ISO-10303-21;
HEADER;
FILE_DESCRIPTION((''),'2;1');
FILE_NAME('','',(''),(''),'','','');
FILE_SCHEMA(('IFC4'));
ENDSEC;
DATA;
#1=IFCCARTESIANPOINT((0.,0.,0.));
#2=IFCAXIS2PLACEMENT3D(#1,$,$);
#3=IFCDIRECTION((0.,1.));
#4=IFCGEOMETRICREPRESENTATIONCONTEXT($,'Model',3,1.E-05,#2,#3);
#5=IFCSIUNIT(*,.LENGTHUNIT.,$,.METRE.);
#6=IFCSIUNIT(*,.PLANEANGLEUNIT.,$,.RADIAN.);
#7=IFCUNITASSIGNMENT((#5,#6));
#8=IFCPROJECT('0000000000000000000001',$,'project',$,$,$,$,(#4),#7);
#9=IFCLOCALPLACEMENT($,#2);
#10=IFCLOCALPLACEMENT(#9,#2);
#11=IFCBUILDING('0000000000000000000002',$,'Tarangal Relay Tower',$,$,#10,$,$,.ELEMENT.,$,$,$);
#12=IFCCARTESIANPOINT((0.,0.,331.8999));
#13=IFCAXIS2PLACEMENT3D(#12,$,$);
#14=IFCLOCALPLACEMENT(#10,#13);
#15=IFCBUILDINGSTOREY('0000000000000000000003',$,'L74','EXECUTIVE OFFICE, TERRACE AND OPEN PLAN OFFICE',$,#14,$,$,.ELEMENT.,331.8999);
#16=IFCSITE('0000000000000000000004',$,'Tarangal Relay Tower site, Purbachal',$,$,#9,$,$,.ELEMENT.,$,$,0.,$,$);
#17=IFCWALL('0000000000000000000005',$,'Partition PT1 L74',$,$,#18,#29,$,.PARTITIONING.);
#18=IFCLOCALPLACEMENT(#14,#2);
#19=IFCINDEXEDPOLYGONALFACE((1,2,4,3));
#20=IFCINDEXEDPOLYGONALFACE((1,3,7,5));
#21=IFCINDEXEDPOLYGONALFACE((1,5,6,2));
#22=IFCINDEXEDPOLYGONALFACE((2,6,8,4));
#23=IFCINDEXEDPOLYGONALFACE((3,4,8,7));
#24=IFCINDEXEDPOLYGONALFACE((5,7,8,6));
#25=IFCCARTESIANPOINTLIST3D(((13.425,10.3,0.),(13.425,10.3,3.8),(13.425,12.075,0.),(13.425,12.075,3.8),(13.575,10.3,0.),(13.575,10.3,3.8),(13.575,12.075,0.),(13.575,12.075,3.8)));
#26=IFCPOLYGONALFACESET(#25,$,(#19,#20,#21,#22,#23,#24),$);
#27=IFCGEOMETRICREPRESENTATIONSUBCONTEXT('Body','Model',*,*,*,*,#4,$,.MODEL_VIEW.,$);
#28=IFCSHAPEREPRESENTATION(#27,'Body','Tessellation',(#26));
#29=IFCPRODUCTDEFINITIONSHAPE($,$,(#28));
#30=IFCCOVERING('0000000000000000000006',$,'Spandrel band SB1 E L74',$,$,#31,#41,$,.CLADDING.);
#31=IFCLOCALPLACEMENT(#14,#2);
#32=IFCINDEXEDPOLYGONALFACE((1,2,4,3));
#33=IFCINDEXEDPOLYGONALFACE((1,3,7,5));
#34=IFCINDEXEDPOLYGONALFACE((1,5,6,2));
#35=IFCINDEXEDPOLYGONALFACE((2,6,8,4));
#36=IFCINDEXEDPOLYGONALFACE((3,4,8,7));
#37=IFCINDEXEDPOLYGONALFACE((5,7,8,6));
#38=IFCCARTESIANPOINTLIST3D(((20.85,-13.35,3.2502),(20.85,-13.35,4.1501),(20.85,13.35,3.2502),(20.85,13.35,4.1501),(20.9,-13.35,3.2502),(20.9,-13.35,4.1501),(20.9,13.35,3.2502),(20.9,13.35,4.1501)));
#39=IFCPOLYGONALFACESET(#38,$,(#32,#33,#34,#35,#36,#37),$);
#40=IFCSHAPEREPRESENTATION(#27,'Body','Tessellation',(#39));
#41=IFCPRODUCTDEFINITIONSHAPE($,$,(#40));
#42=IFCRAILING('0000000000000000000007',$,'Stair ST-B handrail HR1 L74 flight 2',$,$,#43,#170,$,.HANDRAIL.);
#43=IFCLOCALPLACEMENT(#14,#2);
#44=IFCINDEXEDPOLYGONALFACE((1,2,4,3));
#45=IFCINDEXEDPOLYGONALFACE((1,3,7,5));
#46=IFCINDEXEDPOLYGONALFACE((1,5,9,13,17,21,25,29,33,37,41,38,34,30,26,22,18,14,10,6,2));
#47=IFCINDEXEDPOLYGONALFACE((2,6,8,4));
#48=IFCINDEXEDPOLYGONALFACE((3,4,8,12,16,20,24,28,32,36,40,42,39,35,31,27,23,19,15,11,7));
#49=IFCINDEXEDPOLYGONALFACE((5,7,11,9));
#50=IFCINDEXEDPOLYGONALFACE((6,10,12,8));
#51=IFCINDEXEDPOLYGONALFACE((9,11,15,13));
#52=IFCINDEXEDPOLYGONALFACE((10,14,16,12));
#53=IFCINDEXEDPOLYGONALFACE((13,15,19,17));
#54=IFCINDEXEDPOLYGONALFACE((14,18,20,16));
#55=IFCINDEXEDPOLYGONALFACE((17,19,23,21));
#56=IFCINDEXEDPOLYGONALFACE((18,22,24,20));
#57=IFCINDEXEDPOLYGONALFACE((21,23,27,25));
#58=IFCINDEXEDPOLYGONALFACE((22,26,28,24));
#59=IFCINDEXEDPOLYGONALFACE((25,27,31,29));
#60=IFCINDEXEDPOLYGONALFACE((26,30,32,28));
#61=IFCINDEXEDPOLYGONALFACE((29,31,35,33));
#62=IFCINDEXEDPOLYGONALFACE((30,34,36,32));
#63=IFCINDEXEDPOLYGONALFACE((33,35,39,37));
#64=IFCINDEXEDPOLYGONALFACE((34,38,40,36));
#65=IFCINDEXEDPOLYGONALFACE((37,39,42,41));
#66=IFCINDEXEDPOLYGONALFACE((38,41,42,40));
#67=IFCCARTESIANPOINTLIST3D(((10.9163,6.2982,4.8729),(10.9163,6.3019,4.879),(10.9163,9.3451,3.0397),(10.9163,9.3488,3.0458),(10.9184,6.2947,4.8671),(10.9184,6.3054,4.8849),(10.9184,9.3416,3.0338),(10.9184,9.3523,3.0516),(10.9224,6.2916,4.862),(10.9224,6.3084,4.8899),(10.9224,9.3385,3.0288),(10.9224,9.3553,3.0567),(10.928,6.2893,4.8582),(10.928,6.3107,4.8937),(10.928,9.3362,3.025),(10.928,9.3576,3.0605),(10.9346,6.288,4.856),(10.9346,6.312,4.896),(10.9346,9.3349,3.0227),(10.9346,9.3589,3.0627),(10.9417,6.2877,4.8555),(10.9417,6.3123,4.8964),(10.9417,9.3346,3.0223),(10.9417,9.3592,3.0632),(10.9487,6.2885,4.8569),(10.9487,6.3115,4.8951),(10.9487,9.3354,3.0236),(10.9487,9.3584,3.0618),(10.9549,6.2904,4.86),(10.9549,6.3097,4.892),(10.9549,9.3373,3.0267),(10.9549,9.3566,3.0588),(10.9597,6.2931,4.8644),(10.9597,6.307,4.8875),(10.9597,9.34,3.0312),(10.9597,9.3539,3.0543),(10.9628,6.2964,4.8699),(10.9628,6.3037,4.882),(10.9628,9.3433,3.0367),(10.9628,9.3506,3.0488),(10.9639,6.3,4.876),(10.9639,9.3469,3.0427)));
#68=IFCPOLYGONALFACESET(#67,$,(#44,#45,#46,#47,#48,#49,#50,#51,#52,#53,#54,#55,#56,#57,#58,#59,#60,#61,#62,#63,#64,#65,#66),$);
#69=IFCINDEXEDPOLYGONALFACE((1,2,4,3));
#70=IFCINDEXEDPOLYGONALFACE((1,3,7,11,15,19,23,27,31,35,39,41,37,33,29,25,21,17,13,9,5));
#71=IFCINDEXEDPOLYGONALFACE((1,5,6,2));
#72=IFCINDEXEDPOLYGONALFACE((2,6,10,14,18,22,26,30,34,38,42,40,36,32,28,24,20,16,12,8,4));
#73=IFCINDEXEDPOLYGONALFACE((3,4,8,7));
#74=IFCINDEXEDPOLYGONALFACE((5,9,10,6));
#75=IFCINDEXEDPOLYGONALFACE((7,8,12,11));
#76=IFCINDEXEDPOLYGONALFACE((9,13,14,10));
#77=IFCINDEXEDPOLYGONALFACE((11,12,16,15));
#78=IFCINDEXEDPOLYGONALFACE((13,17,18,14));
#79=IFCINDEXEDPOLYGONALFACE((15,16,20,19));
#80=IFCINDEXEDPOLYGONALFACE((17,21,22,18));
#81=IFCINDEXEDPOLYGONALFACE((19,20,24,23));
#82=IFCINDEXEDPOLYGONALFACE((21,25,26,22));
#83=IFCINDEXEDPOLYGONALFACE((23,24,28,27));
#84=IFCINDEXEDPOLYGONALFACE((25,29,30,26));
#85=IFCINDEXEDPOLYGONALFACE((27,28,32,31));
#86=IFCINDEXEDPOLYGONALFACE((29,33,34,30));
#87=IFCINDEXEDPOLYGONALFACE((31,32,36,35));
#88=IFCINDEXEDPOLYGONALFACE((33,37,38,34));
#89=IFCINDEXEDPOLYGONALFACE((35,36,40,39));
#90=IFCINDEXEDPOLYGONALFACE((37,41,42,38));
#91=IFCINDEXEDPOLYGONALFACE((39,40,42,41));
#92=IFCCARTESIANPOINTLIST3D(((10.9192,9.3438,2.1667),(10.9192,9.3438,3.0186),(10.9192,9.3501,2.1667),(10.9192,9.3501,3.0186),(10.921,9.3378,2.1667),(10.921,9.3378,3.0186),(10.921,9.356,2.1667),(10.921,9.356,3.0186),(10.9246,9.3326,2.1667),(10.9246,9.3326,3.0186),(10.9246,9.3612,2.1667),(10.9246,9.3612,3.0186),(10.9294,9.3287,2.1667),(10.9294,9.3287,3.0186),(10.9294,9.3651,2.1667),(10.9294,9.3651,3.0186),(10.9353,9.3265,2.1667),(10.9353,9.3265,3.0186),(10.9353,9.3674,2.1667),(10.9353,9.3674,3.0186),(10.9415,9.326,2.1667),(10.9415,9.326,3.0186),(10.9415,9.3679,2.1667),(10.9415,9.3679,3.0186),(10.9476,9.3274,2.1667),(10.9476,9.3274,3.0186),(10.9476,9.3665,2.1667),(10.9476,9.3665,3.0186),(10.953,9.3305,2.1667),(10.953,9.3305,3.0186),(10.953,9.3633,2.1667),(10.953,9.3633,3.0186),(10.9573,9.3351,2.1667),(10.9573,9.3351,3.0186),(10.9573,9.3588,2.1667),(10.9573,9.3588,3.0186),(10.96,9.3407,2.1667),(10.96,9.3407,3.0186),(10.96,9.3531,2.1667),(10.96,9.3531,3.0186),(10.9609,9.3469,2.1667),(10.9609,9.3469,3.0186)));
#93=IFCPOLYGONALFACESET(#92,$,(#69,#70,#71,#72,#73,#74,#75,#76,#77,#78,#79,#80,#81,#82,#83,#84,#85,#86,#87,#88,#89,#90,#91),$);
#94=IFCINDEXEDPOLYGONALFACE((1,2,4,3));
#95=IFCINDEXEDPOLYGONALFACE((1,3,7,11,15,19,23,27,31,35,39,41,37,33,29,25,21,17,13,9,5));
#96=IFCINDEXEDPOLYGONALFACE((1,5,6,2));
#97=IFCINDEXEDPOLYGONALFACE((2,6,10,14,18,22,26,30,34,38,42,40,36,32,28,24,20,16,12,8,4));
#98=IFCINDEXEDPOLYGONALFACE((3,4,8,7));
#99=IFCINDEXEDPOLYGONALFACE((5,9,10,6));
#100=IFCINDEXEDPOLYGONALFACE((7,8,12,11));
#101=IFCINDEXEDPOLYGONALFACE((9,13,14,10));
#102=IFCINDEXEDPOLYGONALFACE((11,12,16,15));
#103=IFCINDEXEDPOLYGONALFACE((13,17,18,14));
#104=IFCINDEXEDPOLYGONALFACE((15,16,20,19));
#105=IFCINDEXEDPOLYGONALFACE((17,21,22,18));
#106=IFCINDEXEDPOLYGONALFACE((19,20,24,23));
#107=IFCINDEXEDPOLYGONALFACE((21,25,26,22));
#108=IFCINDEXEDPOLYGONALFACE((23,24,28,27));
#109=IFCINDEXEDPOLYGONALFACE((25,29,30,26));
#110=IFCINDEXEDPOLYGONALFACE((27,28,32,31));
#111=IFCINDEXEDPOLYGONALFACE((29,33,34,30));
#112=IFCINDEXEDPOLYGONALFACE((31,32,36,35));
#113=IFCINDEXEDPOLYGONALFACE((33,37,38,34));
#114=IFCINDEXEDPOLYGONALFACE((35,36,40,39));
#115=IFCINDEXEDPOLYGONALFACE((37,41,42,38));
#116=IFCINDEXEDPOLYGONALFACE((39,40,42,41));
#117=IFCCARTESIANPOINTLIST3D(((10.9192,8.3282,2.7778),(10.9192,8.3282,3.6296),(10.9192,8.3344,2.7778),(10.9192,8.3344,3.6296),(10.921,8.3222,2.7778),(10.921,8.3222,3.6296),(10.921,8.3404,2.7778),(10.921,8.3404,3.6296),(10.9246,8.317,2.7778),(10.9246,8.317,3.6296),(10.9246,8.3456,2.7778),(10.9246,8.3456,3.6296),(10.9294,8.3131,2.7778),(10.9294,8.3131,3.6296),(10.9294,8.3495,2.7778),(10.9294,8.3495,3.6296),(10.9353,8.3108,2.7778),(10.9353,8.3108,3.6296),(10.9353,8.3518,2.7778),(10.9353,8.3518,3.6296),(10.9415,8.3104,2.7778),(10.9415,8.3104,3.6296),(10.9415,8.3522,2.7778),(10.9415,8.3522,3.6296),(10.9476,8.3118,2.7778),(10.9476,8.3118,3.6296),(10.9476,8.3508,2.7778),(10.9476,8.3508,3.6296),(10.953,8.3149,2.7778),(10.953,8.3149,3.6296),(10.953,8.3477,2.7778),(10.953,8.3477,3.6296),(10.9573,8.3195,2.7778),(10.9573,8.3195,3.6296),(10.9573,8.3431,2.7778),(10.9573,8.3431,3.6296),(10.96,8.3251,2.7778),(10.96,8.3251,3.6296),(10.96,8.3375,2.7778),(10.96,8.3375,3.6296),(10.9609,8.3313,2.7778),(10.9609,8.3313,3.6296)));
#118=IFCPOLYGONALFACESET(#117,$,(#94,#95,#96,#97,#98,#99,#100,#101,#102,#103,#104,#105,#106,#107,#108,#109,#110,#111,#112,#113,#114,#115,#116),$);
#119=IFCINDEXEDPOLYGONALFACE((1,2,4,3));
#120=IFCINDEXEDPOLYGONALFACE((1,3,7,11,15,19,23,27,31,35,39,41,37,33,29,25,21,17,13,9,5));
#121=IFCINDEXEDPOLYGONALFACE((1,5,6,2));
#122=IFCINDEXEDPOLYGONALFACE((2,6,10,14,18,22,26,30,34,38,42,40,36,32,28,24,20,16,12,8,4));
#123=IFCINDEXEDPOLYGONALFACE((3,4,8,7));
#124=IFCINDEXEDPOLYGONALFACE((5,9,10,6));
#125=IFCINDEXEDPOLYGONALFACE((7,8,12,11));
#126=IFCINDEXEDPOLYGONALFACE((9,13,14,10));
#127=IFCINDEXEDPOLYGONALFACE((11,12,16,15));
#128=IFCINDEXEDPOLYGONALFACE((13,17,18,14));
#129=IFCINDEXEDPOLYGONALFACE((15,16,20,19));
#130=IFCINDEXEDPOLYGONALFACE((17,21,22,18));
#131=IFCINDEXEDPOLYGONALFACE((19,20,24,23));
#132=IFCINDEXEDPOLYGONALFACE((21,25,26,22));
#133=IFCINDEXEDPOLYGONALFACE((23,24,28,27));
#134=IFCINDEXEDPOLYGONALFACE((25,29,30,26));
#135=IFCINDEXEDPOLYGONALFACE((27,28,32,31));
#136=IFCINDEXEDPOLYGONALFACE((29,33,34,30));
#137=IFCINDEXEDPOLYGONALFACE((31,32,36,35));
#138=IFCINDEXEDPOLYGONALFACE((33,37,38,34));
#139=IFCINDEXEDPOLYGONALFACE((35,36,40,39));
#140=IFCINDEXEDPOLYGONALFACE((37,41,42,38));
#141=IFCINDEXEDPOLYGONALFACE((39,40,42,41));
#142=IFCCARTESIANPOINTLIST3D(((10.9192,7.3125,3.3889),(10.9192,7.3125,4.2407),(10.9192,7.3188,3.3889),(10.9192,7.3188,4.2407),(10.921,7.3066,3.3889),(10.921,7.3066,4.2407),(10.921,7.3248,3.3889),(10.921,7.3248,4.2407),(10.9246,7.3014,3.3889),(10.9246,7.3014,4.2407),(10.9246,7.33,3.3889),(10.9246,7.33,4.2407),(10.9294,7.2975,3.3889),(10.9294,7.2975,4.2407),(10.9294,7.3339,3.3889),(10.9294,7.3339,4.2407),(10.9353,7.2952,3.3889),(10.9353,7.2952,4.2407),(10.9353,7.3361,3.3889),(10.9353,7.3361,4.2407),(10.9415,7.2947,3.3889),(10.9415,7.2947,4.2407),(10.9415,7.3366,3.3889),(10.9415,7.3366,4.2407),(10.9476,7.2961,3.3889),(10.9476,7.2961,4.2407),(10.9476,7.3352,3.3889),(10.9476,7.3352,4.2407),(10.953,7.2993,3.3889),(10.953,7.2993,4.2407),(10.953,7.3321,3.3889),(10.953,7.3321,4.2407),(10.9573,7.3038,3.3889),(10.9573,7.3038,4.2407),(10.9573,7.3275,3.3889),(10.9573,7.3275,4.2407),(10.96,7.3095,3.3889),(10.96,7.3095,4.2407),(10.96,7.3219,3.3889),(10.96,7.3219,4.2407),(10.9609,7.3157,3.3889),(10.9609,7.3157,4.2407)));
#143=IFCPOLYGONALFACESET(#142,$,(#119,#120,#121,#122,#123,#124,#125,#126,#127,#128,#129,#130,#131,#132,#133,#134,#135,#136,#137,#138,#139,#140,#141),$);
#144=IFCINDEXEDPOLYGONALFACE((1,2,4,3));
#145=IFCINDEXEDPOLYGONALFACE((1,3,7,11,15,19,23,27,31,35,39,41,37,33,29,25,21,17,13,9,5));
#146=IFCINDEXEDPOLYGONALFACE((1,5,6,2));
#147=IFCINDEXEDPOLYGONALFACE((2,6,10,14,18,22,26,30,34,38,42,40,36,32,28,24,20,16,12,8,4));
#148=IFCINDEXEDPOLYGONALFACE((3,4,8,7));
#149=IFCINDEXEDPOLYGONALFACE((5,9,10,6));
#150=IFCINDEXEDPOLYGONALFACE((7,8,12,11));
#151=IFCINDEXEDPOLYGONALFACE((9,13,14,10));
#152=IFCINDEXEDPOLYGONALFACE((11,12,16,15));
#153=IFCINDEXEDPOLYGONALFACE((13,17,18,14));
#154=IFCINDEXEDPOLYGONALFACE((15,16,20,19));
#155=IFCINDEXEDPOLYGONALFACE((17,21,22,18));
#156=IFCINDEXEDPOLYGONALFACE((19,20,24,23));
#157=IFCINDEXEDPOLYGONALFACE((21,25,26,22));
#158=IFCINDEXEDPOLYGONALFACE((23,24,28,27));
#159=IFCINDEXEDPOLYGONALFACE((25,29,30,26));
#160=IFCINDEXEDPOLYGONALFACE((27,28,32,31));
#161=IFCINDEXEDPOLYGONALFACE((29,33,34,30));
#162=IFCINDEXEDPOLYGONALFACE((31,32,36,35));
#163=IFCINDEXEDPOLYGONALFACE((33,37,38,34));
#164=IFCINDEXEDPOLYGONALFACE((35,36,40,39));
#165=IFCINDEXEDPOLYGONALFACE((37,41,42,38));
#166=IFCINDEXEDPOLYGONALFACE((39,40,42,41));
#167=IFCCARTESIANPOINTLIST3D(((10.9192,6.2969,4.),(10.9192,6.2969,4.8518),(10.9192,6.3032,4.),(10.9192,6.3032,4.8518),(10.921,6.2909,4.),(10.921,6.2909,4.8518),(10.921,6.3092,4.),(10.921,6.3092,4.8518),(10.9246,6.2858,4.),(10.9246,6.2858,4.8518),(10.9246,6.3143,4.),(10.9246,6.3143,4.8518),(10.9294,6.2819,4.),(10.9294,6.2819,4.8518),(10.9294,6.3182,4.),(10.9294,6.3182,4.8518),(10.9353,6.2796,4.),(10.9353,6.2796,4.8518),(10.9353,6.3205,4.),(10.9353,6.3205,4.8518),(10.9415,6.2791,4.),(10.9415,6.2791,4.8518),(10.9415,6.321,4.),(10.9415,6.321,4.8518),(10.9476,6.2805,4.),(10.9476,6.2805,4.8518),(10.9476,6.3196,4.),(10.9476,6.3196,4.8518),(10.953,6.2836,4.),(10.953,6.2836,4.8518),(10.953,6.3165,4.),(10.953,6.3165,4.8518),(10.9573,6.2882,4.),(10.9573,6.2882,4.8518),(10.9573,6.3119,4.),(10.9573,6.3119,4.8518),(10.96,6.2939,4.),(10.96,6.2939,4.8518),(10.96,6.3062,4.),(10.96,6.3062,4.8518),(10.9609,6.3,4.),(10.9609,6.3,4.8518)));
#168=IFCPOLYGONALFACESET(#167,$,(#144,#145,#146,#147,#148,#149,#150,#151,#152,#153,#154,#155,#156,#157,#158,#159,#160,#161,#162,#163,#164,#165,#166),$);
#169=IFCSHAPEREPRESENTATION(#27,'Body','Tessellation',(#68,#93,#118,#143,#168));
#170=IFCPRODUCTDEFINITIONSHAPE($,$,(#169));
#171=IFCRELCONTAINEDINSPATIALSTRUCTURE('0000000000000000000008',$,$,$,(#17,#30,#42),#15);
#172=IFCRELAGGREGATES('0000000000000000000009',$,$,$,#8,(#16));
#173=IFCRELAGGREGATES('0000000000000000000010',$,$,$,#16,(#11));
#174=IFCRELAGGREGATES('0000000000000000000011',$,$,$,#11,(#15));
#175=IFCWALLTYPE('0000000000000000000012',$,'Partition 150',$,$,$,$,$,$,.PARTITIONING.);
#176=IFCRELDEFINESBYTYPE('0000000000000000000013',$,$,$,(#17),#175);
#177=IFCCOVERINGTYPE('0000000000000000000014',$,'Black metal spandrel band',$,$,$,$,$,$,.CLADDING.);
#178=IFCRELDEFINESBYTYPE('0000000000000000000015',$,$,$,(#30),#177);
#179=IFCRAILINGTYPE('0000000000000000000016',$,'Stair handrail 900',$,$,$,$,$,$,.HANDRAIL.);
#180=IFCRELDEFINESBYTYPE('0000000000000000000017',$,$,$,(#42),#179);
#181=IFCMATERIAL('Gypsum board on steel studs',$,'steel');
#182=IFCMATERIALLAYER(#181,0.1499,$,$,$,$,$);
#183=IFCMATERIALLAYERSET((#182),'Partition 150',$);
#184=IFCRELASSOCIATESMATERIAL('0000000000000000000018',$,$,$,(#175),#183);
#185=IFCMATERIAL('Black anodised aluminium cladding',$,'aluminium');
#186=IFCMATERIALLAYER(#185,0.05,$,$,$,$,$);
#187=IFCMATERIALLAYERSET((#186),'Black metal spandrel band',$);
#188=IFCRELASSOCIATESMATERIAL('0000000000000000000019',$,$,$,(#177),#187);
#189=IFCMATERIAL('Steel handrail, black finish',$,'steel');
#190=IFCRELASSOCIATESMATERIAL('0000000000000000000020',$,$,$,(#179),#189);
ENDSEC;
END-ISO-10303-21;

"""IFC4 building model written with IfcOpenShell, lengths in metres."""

from ifc_helpers import new_model, si_unit, direction, frame, frame_2d, origin, origin_2d, place, context, subcontext, project, spatial, rectangle, circle, extrude, material, layer, layer_set, type_object, element, save


model = new_model("IFC4")

# Units and contexts
model_context = context("Model", 3, precision=1e-05, world=origin(), true_north=direction((0.0, 1.0)))
body_context = subcontext(model_context, "Body", "Model", "MODEL_VIEW")
ifc_project = project(units=[si_unit("LENGTHUNIT", "METRE"), si_unit("PLANEANGLEUNIT", "RADIAN")], contexts=[model_context])

# Site, building, storey
site_placement = place(None, origin())
site = spatial("IfcSite", under=ifc_project, at=site_placement, Name="Tarangal Relay Tower site, Purbachal", CompositionType="ELEMENT", RefElevation=0.0)
building_placement = place(site_placement, origin())
building = spatial("IfcBuilding", under=site, at=building_placement, Name="Tarangal Relay Tower", CompositionType="ELEMENT")
storey_placement = place(building_placement, frame((0.0, 0.0, 331.8999)))
storey = spatial("IfcBuildingStorey", under=building, at=storey_placement, Name="L74", Description="EXECUTIVE OFFICE, TERRACE AND OPEN PLAN OFFICE", CompositionType="ELEMENT", Elevation=331.8999)

# Wall
ifc_material_1 = material(Name="Gypsum board on steel studs", Category="steel")
ifc_layer_1 = layer(ifc_material_1, 0.1499)
ifc_layer_set_1 = layer_set([ifc_layer_1], Name="Partition 150")
wall_type_1 = type_object("IfcWallType", Name="Partition 150", PredefinedType="PARTITIONING", material=ifc_layer_set_1)
wall_1_placement = place(storey_placement, frame((13.5, 10.3, 0.0), z_axis=(0.0, 0.0, 1.0), x_axis=(0.0, 1.0, 0.0)))
element("IfcWall", 1, at=wall_1_placement, inside=storey, type_object=wall_type_1, Name="Partition PT1 L74", PredefinedType="PARTITIONING", context=body_context, shape_type="SweptSolid", body=[
    extrude(rectangle(XDim=1.7749, YDim=0.1499, at=frame_2d((0.8875, 0.0))), origin(), (0.0, 0.0, 1.0), 3.8),
])

# Covering
ifc_material_2 = material(Name="Black anodised aluminium cladding", Category="aluminium")
ifc_layer_2 = layer(ifc_material_2, 0.05)
ifc_layer_set_2 = layer_set([ifc_layer_2], Name="Black metal spandrel band")
covering_type = type_object("IfcCoveringType", Name="Black metal spandrel band", PredefinedType="CLADDING", material=ifc_layer_set_2)
covering_placement = place(storey_placement, frame((20.875, 0.0, 3.2502), z_axis=(0.0, 0.0, 1.0), x_axis=(0.0, -1.0, 0.0)))
element("IfcCovering", 2, at=covering_placement, inside=storey, type_object=covering_type, Name="Spandrel band SB1 E L74", PredefinedType="CLADDING", context=body_context, shape_type="SweptSolid", body=[
    extrude(rectangle(XDim=26.7, YDim=0.05, at=origin_2d()), origin(), (0.0, 0.0, 1.0), 0.8999),
])

# Railing
ifc_material_3 = material(Name="Steel handrail, black finish", Category="steel")
railing_type = type_object("IfcRailingType", Name="Stair handrail 900", PredefinedType="HANDRAIL", material=ifc_material_3)
railing_placement = place(storey_placement, frame((10.9399, 9.3469, 2.1667)))
element("IfcRailing", 3, at=railing_placement, inside=storey, type_object=railing_type, Name="Stair ST-B handrail HR1 L74 flight 2", PredefinedType="HANDRAIL", context=body_context, shape_type="SweptSolid", body=[
    extrude(circle(Radius=0.0239, at=origin_2d()), frame((0.0, 0.0, 0.876), z_axis=(0.0, -0.856856, 0.515556), x_axis=(1.0, 0.0, 0.0)), (0.0, 0.0, 1.0), 3.5559),
    extrude(circle(Radius=0.021, at=origin_2d()), origin(), (0.0, 0.0, 1.0), 0.8518),
    extrude(circle(Radius=0.021, at=origin_2d()), frame((0.0, -1.0156, 0.6111)), (0.0, 0.0, 1.0), 0.8518),
    extrude(circle(Radius=0.021, at=origin_2d()), frame((0.0, -2.0312, 1.2222)), (0.0, 0.0, 1.0), 0.8518),
    extrude(circle(Radius=0.021, at=origin_2d()), frame((0.0, -3.0469, 1.8333)), (0.0, 0.0, 1.0), 0.8518),
])

save(model, "model.ifc")
